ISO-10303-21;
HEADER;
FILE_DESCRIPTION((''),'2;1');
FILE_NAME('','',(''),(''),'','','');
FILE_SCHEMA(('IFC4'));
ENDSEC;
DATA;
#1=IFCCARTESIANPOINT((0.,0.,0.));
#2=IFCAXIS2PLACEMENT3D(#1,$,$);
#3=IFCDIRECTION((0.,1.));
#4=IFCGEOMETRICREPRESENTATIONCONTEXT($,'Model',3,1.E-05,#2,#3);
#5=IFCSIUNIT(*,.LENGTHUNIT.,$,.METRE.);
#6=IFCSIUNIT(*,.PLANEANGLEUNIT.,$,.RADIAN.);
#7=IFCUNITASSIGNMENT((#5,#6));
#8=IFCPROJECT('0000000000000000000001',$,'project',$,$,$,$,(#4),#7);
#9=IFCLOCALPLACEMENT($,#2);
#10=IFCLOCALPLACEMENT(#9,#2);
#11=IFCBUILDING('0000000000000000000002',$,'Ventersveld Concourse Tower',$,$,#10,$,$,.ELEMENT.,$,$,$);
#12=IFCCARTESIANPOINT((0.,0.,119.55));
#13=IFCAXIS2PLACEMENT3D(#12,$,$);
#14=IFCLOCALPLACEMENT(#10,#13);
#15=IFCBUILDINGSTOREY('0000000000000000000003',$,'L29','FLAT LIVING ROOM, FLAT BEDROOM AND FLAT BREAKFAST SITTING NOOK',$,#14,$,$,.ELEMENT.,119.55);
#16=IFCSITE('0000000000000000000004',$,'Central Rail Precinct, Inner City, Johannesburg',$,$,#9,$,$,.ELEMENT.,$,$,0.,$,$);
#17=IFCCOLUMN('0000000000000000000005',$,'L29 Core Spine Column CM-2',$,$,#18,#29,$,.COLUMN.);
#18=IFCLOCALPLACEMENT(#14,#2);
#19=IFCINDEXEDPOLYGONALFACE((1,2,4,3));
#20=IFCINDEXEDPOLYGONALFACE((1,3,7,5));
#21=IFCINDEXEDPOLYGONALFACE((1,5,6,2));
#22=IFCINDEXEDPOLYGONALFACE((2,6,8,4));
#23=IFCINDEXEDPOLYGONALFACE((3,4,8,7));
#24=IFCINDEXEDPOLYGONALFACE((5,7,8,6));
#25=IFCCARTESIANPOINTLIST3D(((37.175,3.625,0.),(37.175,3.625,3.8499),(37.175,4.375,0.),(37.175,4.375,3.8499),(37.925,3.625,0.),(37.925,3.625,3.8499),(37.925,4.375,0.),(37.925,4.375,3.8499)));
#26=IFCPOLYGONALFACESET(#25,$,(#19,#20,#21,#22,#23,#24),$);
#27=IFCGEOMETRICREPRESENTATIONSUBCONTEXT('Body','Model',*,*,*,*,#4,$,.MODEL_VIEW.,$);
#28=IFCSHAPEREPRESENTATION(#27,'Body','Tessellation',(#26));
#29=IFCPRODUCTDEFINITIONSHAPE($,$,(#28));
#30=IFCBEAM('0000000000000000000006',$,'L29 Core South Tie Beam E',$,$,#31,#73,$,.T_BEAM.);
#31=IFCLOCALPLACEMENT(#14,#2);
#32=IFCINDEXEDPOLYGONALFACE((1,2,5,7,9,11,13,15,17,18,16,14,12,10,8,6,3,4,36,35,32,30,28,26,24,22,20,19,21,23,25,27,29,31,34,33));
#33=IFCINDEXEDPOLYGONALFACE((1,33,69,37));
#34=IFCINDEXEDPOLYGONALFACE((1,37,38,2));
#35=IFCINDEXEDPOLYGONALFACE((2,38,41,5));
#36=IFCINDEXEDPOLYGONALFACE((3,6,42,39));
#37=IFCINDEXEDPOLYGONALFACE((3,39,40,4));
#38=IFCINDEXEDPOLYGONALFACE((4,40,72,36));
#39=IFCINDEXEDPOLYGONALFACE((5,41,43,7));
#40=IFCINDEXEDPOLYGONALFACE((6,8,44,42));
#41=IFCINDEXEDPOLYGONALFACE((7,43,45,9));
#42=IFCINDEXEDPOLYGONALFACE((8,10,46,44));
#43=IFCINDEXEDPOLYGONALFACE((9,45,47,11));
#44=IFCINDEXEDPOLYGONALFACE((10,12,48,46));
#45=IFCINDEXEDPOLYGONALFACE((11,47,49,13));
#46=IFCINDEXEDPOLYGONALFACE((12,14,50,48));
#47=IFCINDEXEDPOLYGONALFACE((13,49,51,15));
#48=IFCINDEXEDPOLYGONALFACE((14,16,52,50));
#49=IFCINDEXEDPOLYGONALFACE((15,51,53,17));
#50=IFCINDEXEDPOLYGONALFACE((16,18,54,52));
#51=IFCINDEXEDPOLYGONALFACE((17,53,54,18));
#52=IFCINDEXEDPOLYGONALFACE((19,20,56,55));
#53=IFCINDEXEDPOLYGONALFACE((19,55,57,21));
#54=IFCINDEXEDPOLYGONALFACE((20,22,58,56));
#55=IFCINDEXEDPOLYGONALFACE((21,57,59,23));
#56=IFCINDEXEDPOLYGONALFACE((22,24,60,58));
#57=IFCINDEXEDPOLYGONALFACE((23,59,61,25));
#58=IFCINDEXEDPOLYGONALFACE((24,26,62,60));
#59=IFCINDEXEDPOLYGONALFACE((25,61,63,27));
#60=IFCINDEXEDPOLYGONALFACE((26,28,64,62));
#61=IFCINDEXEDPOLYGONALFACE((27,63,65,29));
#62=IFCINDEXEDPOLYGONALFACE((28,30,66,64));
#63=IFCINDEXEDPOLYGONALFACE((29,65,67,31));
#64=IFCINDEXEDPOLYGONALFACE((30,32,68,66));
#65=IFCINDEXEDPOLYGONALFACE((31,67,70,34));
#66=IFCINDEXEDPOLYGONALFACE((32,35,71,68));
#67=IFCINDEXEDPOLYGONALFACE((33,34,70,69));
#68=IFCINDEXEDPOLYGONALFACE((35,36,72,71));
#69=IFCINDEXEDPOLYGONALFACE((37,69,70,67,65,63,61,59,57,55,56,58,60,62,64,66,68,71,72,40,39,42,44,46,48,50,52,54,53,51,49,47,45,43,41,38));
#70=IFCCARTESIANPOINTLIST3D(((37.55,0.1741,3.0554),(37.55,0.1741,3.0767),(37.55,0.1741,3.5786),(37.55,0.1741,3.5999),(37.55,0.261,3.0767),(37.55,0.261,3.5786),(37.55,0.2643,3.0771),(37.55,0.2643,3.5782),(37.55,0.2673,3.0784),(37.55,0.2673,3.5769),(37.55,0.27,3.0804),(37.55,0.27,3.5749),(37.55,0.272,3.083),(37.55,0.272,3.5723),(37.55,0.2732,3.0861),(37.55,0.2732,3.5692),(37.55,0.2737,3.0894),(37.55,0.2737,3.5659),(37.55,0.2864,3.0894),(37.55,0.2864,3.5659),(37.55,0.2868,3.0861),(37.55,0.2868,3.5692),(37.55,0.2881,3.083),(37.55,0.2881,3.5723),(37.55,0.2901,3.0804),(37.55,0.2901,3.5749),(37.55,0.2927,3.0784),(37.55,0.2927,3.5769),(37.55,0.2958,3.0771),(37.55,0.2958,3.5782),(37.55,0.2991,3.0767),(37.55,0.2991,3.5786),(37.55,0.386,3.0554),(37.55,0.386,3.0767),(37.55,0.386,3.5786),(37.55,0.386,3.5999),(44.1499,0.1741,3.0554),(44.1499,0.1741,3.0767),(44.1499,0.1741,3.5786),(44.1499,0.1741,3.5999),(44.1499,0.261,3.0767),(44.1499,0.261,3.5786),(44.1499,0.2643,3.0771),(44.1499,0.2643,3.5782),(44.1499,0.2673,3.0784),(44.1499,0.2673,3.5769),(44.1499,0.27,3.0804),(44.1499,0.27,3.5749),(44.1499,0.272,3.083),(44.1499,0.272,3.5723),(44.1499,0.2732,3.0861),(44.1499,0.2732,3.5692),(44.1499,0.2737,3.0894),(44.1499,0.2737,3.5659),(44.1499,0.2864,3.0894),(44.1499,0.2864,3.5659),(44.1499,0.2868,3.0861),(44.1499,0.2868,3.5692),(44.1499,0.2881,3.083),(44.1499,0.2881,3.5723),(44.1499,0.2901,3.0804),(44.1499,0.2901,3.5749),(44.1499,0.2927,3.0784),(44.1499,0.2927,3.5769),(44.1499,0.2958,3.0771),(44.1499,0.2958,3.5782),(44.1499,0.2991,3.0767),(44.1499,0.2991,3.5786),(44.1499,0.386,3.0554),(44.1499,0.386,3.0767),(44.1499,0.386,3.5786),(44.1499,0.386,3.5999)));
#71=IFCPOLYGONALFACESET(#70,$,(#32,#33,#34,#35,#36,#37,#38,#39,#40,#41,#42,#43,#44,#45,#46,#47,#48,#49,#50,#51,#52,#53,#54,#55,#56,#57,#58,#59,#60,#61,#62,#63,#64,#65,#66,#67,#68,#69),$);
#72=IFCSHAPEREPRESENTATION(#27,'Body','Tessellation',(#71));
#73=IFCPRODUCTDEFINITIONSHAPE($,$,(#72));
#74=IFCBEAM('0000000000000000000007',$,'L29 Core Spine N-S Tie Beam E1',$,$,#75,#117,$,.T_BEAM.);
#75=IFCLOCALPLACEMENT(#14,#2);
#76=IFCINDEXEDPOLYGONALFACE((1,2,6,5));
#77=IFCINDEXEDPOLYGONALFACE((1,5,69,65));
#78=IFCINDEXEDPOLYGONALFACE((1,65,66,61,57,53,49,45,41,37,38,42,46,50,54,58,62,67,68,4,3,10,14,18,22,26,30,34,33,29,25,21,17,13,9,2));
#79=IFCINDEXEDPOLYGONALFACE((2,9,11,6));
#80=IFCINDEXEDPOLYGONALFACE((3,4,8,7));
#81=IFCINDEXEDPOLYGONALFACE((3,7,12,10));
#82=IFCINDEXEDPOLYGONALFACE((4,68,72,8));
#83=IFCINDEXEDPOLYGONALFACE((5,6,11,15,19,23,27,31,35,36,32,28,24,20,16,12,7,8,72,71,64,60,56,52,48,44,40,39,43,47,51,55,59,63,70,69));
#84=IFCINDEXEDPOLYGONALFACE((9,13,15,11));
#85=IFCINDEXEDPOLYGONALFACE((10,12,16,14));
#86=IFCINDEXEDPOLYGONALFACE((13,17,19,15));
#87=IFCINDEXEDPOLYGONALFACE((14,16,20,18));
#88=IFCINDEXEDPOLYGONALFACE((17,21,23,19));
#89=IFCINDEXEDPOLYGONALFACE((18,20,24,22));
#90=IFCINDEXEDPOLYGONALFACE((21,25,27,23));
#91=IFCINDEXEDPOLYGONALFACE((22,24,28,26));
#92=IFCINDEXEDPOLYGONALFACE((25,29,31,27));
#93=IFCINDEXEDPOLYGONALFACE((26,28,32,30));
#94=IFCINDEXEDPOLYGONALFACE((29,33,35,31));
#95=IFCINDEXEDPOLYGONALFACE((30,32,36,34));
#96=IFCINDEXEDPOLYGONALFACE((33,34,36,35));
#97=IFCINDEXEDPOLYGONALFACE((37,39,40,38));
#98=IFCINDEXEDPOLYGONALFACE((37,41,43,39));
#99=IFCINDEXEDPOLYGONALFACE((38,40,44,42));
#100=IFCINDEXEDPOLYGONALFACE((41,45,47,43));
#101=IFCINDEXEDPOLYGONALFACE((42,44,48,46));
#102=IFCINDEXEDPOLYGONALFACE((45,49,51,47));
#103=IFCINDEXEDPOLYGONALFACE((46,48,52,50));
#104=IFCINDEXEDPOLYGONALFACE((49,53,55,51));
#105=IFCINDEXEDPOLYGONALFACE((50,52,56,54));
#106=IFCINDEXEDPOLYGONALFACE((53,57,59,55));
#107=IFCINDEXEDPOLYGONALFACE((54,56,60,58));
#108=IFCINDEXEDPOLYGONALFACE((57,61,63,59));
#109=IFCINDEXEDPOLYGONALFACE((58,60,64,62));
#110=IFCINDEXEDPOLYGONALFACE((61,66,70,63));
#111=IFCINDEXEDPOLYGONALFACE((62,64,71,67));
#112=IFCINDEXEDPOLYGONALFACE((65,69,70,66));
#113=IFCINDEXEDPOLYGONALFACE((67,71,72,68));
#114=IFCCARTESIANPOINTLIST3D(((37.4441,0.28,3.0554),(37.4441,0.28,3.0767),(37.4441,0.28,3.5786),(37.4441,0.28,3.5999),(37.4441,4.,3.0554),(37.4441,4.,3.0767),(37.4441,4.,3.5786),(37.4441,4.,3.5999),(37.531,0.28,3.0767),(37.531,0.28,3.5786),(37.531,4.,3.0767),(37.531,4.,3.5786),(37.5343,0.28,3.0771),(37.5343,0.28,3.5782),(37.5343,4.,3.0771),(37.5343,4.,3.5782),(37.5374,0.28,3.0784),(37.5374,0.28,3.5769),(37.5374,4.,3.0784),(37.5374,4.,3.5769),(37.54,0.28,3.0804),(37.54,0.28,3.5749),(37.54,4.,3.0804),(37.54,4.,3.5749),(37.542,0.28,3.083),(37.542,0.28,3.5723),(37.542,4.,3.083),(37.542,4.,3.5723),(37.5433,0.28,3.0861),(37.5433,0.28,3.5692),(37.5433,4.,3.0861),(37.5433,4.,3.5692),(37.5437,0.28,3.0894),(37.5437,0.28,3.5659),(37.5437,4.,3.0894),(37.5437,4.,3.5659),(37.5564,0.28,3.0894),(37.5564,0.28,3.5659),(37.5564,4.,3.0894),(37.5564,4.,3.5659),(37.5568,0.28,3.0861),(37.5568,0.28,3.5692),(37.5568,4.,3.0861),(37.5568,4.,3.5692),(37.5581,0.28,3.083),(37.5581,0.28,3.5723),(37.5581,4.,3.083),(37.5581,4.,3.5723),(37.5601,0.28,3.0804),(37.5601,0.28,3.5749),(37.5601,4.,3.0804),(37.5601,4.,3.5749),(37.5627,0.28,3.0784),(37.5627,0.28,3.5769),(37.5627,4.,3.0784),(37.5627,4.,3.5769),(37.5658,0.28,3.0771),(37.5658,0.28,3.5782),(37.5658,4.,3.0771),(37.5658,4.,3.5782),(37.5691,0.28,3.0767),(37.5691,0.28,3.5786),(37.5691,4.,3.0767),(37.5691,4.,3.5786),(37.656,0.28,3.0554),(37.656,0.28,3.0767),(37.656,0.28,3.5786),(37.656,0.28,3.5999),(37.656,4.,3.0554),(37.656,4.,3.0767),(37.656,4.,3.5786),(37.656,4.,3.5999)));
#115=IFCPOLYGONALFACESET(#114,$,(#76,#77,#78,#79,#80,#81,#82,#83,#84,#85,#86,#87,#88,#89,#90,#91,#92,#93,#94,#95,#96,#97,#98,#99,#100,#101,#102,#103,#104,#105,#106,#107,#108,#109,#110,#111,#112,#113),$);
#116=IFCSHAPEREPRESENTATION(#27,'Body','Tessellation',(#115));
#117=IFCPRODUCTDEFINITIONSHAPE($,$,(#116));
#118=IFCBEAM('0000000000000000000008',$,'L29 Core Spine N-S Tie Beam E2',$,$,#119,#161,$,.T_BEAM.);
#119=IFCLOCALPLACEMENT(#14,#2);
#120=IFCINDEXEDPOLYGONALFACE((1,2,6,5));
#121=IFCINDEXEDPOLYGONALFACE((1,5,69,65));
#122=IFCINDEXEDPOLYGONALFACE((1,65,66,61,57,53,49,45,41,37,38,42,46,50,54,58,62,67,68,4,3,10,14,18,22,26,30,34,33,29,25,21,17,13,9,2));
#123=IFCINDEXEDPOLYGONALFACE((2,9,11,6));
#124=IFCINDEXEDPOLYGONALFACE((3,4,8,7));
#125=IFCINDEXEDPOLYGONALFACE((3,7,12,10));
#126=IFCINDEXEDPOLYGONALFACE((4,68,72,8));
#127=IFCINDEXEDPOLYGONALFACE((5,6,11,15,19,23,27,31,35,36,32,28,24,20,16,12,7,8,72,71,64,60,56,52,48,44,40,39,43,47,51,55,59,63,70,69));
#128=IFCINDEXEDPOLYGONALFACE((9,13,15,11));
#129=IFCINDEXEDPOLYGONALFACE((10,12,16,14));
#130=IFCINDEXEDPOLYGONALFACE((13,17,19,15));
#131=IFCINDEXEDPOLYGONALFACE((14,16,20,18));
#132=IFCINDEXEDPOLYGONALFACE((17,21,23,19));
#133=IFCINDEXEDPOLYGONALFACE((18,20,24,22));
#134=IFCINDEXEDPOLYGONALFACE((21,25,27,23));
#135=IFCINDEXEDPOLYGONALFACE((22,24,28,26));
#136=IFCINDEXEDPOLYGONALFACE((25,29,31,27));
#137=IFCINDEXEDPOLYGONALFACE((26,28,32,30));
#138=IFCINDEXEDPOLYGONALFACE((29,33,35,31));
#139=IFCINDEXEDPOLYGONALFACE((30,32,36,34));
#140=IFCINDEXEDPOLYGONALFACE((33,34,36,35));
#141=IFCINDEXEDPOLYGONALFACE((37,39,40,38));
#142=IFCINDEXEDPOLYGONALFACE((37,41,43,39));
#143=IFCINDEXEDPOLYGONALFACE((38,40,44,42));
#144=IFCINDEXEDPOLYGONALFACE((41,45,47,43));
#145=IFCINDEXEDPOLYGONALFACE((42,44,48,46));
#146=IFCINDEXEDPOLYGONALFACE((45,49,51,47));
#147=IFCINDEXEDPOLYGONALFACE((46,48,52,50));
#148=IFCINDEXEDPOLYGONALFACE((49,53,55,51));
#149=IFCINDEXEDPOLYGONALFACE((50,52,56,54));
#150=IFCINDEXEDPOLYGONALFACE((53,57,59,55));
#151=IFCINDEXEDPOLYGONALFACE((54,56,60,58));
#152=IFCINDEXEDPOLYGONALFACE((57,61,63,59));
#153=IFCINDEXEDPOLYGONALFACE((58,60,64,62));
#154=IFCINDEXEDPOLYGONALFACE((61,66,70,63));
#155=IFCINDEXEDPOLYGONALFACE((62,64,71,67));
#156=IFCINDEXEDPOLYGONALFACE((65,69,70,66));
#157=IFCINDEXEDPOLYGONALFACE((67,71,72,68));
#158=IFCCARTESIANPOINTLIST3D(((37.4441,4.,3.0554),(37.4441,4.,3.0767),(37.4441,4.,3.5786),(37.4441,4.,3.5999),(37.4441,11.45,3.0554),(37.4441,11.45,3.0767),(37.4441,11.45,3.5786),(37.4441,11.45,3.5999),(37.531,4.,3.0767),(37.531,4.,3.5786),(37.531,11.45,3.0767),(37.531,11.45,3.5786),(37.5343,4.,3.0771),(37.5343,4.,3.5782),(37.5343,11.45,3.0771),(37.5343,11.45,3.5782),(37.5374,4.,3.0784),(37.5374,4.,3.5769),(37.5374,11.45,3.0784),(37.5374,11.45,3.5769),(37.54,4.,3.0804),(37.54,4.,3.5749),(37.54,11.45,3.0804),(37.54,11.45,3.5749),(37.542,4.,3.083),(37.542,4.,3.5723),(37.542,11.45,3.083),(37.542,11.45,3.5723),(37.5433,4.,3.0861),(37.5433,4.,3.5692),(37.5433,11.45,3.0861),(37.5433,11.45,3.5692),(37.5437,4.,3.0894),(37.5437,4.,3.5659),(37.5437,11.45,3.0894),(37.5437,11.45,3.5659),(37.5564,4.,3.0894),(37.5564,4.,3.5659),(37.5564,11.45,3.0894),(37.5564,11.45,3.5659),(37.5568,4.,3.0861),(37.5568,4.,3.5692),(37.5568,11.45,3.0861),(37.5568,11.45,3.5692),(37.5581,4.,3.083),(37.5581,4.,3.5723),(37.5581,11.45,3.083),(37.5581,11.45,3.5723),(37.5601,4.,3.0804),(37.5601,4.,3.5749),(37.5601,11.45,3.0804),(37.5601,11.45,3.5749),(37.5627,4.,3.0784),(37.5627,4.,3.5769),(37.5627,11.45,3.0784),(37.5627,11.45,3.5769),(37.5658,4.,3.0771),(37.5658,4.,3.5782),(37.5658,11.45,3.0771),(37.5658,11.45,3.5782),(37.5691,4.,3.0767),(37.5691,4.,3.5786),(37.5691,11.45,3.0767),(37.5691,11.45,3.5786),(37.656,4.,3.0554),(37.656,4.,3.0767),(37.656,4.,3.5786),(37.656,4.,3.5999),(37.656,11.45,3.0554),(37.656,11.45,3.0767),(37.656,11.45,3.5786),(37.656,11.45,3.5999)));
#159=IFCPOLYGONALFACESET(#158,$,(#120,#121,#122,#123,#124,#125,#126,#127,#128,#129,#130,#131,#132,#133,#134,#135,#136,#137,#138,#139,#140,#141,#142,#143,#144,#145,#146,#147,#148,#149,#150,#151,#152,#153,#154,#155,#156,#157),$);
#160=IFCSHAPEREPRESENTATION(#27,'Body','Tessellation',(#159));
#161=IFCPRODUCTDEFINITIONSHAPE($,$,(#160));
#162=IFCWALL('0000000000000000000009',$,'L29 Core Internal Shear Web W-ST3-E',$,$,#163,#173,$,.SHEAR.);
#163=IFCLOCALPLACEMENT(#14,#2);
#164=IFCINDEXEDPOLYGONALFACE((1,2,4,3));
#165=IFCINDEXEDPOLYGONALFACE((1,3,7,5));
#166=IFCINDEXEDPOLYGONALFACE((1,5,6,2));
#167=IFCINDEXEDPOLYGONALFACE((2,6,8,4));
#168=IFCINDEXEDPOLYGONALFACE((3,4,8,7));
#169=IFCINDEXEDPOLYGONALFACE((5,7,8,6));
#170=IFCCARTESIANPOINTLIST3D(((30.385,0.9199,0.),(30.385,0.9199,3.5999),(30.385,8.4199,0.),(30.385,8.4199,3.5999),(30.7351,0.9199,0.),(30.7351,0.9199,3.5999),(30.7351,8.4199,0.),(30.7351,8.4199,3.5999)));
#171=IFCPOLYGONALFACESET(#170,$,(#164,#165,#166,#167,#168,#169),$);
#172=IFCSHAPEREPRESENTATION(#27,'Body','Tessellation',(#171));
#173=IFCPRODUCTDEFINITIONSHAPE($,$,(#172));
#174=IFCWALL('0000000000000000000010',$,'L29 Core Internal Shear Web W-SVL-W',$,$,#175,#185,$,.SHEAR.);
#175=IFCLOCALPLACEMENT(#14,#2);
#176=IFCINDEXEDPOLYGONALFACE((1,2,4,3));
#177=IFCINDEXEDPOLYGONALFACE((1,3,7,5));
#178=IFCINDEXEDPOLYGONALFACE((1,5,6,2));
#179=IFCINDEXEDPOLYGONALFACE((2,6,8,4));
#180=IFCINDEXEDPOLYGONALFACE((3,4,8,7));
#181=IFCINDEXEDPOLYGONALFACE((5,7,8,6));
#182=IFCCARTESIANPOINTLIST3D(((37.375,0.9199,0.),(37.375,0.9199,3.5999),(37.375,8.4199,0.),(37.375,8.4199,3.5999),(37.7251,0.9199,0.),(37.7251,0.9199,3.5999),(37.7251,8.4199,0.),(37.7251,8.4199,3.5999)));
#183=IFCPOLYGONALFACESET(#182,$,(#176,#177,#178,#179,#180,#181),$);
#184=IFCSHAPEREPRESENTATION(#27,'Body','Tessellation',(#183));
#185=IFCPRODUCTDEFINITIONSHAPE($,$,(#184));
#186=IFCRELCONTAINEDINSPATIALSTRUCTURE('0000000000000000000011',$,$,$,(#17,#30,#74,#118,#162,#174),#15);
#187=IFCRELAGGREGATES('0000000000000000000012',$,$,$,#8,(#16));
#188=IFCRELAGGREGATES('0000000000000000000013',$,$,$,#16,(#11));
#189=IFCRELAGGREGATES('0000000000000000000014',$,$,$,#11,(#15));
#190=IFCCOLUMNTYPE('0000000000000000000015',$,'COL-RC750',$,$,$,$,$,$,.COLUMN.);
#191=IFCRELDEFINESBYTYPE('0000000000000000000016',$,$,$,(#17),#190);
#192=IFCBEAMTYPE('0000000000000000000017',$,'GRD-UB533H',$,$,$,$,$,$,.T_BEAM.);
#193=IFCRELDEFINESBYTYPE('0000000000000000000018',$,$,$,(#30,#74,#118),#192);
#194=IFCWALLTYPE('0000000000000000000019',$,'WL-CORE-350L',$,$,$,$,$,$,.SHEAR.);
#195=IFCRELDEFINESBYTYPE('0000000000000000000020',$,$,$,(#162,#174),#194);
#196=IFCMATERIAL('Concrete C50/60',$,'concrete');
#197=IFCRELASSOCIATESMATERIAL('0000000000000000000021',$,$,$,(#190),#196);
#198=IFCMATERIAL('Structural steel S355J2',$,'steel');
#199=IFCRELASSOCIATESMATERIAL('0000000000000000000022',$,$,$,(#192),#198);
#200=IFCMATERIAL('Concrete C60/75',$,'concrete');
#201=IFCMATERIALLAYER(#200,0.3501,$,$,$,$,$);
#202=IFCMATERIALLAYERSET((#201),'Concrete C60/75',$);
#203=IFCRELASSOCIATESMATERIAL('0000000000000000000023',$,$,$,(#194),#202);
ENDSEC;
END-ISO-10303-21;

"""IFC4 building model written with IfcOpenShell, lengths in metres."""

from ifc_helpers import new_model, si_unit, direction, frame, frame_2d, origin, origin_2d, place, context, subcontext, project, spatial, rectangle, i_section, extrude, material, layer, layer_set, material_profile, profile_set, type_object, element, save


model = new_model("IFC4")

# Units and contexts
model_context = context("Model", 3, precision=1e-05, world=origin(), true_north=direction((0.0, 1.0)))
body_context = subcontext(model_context, "Body", "Model", "MODEL_VIEW")
ifc_project = project(units=[si_unit("LENGTHUNIT", "METRE"), si_unit("PLANEANGLEUNIT", "RADIAN")], contexts=[model_context])

# Site, building, storey
site_placement = place(None, origin())
site = spatial("IfcSite", under=ifc_project, at=site_placement, Name="Central Rail Precinct, Inner City, Johannesburg", CompositionType="ELEMENT", RefElevation=0.0)
building_placement = place(site_placement, origin())
building = spatial("IfcBuilding", under=site, at=building_placement, Name="Ventersveld Concourse Tower", CompositionType="ELEMENT")
storey_placement = place(building_placement, frame((0.0, 0.0, 119.55)))
storey = spatial("IfcBuildingStorey", under=building, at=storey_placement, Name="L29", Description="FLAT LIVING ROOM, FLAT BEDROOM AND FLAT BREAKFAST SITTING NOOK", CompositionType="ELEMENT", Elevation=119.55)

# Column
ifc_material_1 = material(Name="Concrete C50/60", Category="concrete")
ifc_material_profile_1 = material_profile(ifc_material_1, rectangle(XDim=0.75, YDim=0.75, at=origin_2d()), Name="RC 750x750")
ifc_profile_set_1 = profile_set([ifc_material_profile_1], Name="Concrete C50/60")
column_type = type_object("IfcColumnType", Name="COL-RC750", PredefinedType="COLUMN", material=ifc_profile_set_1)
column_placement = place(storey_placement, frame((37.55, 4.0, 0.0), z_axis=(0.0, 0.0, 1.0), x_axis=(1.0, 0.0, 0.0)))
element("IfcColumn", 1, at=column_placement, inside=storey, type_object=column_type, Name="L29 Core Spine Column CM-2", PredefinedType="COLUMN", context=body_context, shape_type="SweptSolid", body=[
    extrude(rectangle(XDim=0.75, YDim=0.75, at=origin_2d()), origin(), (0.0, 0.0, 1.0), 3.8499),
])

# Beams
ifc_material_2 = material(Name="Structural steel S355J2", Category="steel")
ifc_material_profile_2 = material_profile(ifc_material_2, i_section(OverallWidth=0.2119, OverallDepth=0.5444, WebThickness=0.0127, FlangeThickness=0.0212, FilletRadius=0.0127, at=origin_2d()), Name="UB 533x210x122")
ifc_profile_set_2 = profile_set([ifc_material_profile_2], Name="Structural steel S355J2")
beam_type = type_object("IfcBeamType", Name="GRD-UB533H", PredefinedType="T_BEAM", material=ifc_profile_set_2)
beam_1_placement = place(storey_placement, frame((37.55, 0.28, 3.3276), z_axis=(1.0, 0.0, 0.0), x_axis=(0.0, 1.0, 0.0)))
element("IfcBeam", 2, at=beam_1_placement, inside=storey, type_object=beam_type, Name="L29 Core South Tie Beam E", PredefinedType="T_BEAM", context=body_context, shape_type="SweptSolid", body=[
    extrude(i_section(OverallWidth=0.2119, OverallDepth=0.5444, WebThickness=0.0127, FlangeThickness=0.0212, FilletRadius=0.0127, at=origin_2d()), origin(), (0.0, 0.0, 1.0), 6.5999),
])
beam_2_placement = place(storey_placement, frame((37.55, 0.28, 3.3276), z_axis=(0.0, 1.0, 0.0), x_axis=(-1.0, 0.0, 0.0)))
element("IfcBeam", 3, at=beam_2_placement, inside=storey, type_object=beam_type, Name="L29 Core Spine N-S Tie Beam E1", PredefinedType="T_BEAM", context=body_context, shape_type="SweptSolid", body=[
    extrude(i_section(OverallWidth=0.2119, OverallDepth=0.5444, WebThickness=0.0127, FlangeThickness=0.0212, FilletRadius=0.0127, at=origin_2d()), origin(), (0.0, 0.0, 1.0), 3.72),
])
beam_3_placement = place(storey_placement, frame((37.55, 4.0, 3.3276), z_axis=(0.0, 1.0, 0.0), x_axis=(-1.0, 0.0, 0.0)))
element("IfcBeam", 4, at=beam_3_placement, inside=storey, type_object=beam_type, Name="L29 Core Spine N-S Tie Beam E2", PredefinedType="T_BEAM", context=body_context, shape_type="SweptSolid", body=[
    extrude(i_section(OverallWidth=0.2119, OverallDepth=0.5444, WebThickness=0.0127, FlangeThickness=0.0212, FilletRadius=0.0127, at=origin_2d()), origin(), (0.0, 0.0, 1.0), 7.45),
])

# Walls
ifc_material_3 = material(Name="Concrete C60/75", Category="concrete")
ifc_layer_1 = layer(ifc_material_3, 0.3501)
ifc_layer_set_1 = layer_set([ifc_layer_1], Name="Concrete C60/75")
wall_type_1 = type_object("IfcWallType", Name="WL-CORE-350L", PredefinedType="SHEAR", material=ifc_layer_set_1)
for number, where, z_axis, x_axis, name in (
    (5, (30.5601, 0.9199, 0.0), (0.0, 0.0, 1.0), (0.0, 1.0, 0.0), "L29 Core Internal Shear Web W-ST3-E"),
    (6, (37.55, 0.9199, 0.0), (0.0, 0.0, 1.0), (0.0, 1.0, 0.0), "L29 Core Internal Shear Web W-SVL-W"),
):
    element("IfcWall", number, at=place(storey_placement, frame(where, z_axis=z_axis, x_axis=x_axis)), inside=storey, type_object=wall_type_1, Name=name, PredefinedType="SHEAR", context=body_context, shape_type="SweptSolid", body=[
        extrude(rectangle(XDim=7.5, YDim=0.3501, at=frame_2d((3.75, 0.0))), origin(), (0.0, 0.0, 1.0), 3.5999),
    ])

save(model, "model.ifc")
